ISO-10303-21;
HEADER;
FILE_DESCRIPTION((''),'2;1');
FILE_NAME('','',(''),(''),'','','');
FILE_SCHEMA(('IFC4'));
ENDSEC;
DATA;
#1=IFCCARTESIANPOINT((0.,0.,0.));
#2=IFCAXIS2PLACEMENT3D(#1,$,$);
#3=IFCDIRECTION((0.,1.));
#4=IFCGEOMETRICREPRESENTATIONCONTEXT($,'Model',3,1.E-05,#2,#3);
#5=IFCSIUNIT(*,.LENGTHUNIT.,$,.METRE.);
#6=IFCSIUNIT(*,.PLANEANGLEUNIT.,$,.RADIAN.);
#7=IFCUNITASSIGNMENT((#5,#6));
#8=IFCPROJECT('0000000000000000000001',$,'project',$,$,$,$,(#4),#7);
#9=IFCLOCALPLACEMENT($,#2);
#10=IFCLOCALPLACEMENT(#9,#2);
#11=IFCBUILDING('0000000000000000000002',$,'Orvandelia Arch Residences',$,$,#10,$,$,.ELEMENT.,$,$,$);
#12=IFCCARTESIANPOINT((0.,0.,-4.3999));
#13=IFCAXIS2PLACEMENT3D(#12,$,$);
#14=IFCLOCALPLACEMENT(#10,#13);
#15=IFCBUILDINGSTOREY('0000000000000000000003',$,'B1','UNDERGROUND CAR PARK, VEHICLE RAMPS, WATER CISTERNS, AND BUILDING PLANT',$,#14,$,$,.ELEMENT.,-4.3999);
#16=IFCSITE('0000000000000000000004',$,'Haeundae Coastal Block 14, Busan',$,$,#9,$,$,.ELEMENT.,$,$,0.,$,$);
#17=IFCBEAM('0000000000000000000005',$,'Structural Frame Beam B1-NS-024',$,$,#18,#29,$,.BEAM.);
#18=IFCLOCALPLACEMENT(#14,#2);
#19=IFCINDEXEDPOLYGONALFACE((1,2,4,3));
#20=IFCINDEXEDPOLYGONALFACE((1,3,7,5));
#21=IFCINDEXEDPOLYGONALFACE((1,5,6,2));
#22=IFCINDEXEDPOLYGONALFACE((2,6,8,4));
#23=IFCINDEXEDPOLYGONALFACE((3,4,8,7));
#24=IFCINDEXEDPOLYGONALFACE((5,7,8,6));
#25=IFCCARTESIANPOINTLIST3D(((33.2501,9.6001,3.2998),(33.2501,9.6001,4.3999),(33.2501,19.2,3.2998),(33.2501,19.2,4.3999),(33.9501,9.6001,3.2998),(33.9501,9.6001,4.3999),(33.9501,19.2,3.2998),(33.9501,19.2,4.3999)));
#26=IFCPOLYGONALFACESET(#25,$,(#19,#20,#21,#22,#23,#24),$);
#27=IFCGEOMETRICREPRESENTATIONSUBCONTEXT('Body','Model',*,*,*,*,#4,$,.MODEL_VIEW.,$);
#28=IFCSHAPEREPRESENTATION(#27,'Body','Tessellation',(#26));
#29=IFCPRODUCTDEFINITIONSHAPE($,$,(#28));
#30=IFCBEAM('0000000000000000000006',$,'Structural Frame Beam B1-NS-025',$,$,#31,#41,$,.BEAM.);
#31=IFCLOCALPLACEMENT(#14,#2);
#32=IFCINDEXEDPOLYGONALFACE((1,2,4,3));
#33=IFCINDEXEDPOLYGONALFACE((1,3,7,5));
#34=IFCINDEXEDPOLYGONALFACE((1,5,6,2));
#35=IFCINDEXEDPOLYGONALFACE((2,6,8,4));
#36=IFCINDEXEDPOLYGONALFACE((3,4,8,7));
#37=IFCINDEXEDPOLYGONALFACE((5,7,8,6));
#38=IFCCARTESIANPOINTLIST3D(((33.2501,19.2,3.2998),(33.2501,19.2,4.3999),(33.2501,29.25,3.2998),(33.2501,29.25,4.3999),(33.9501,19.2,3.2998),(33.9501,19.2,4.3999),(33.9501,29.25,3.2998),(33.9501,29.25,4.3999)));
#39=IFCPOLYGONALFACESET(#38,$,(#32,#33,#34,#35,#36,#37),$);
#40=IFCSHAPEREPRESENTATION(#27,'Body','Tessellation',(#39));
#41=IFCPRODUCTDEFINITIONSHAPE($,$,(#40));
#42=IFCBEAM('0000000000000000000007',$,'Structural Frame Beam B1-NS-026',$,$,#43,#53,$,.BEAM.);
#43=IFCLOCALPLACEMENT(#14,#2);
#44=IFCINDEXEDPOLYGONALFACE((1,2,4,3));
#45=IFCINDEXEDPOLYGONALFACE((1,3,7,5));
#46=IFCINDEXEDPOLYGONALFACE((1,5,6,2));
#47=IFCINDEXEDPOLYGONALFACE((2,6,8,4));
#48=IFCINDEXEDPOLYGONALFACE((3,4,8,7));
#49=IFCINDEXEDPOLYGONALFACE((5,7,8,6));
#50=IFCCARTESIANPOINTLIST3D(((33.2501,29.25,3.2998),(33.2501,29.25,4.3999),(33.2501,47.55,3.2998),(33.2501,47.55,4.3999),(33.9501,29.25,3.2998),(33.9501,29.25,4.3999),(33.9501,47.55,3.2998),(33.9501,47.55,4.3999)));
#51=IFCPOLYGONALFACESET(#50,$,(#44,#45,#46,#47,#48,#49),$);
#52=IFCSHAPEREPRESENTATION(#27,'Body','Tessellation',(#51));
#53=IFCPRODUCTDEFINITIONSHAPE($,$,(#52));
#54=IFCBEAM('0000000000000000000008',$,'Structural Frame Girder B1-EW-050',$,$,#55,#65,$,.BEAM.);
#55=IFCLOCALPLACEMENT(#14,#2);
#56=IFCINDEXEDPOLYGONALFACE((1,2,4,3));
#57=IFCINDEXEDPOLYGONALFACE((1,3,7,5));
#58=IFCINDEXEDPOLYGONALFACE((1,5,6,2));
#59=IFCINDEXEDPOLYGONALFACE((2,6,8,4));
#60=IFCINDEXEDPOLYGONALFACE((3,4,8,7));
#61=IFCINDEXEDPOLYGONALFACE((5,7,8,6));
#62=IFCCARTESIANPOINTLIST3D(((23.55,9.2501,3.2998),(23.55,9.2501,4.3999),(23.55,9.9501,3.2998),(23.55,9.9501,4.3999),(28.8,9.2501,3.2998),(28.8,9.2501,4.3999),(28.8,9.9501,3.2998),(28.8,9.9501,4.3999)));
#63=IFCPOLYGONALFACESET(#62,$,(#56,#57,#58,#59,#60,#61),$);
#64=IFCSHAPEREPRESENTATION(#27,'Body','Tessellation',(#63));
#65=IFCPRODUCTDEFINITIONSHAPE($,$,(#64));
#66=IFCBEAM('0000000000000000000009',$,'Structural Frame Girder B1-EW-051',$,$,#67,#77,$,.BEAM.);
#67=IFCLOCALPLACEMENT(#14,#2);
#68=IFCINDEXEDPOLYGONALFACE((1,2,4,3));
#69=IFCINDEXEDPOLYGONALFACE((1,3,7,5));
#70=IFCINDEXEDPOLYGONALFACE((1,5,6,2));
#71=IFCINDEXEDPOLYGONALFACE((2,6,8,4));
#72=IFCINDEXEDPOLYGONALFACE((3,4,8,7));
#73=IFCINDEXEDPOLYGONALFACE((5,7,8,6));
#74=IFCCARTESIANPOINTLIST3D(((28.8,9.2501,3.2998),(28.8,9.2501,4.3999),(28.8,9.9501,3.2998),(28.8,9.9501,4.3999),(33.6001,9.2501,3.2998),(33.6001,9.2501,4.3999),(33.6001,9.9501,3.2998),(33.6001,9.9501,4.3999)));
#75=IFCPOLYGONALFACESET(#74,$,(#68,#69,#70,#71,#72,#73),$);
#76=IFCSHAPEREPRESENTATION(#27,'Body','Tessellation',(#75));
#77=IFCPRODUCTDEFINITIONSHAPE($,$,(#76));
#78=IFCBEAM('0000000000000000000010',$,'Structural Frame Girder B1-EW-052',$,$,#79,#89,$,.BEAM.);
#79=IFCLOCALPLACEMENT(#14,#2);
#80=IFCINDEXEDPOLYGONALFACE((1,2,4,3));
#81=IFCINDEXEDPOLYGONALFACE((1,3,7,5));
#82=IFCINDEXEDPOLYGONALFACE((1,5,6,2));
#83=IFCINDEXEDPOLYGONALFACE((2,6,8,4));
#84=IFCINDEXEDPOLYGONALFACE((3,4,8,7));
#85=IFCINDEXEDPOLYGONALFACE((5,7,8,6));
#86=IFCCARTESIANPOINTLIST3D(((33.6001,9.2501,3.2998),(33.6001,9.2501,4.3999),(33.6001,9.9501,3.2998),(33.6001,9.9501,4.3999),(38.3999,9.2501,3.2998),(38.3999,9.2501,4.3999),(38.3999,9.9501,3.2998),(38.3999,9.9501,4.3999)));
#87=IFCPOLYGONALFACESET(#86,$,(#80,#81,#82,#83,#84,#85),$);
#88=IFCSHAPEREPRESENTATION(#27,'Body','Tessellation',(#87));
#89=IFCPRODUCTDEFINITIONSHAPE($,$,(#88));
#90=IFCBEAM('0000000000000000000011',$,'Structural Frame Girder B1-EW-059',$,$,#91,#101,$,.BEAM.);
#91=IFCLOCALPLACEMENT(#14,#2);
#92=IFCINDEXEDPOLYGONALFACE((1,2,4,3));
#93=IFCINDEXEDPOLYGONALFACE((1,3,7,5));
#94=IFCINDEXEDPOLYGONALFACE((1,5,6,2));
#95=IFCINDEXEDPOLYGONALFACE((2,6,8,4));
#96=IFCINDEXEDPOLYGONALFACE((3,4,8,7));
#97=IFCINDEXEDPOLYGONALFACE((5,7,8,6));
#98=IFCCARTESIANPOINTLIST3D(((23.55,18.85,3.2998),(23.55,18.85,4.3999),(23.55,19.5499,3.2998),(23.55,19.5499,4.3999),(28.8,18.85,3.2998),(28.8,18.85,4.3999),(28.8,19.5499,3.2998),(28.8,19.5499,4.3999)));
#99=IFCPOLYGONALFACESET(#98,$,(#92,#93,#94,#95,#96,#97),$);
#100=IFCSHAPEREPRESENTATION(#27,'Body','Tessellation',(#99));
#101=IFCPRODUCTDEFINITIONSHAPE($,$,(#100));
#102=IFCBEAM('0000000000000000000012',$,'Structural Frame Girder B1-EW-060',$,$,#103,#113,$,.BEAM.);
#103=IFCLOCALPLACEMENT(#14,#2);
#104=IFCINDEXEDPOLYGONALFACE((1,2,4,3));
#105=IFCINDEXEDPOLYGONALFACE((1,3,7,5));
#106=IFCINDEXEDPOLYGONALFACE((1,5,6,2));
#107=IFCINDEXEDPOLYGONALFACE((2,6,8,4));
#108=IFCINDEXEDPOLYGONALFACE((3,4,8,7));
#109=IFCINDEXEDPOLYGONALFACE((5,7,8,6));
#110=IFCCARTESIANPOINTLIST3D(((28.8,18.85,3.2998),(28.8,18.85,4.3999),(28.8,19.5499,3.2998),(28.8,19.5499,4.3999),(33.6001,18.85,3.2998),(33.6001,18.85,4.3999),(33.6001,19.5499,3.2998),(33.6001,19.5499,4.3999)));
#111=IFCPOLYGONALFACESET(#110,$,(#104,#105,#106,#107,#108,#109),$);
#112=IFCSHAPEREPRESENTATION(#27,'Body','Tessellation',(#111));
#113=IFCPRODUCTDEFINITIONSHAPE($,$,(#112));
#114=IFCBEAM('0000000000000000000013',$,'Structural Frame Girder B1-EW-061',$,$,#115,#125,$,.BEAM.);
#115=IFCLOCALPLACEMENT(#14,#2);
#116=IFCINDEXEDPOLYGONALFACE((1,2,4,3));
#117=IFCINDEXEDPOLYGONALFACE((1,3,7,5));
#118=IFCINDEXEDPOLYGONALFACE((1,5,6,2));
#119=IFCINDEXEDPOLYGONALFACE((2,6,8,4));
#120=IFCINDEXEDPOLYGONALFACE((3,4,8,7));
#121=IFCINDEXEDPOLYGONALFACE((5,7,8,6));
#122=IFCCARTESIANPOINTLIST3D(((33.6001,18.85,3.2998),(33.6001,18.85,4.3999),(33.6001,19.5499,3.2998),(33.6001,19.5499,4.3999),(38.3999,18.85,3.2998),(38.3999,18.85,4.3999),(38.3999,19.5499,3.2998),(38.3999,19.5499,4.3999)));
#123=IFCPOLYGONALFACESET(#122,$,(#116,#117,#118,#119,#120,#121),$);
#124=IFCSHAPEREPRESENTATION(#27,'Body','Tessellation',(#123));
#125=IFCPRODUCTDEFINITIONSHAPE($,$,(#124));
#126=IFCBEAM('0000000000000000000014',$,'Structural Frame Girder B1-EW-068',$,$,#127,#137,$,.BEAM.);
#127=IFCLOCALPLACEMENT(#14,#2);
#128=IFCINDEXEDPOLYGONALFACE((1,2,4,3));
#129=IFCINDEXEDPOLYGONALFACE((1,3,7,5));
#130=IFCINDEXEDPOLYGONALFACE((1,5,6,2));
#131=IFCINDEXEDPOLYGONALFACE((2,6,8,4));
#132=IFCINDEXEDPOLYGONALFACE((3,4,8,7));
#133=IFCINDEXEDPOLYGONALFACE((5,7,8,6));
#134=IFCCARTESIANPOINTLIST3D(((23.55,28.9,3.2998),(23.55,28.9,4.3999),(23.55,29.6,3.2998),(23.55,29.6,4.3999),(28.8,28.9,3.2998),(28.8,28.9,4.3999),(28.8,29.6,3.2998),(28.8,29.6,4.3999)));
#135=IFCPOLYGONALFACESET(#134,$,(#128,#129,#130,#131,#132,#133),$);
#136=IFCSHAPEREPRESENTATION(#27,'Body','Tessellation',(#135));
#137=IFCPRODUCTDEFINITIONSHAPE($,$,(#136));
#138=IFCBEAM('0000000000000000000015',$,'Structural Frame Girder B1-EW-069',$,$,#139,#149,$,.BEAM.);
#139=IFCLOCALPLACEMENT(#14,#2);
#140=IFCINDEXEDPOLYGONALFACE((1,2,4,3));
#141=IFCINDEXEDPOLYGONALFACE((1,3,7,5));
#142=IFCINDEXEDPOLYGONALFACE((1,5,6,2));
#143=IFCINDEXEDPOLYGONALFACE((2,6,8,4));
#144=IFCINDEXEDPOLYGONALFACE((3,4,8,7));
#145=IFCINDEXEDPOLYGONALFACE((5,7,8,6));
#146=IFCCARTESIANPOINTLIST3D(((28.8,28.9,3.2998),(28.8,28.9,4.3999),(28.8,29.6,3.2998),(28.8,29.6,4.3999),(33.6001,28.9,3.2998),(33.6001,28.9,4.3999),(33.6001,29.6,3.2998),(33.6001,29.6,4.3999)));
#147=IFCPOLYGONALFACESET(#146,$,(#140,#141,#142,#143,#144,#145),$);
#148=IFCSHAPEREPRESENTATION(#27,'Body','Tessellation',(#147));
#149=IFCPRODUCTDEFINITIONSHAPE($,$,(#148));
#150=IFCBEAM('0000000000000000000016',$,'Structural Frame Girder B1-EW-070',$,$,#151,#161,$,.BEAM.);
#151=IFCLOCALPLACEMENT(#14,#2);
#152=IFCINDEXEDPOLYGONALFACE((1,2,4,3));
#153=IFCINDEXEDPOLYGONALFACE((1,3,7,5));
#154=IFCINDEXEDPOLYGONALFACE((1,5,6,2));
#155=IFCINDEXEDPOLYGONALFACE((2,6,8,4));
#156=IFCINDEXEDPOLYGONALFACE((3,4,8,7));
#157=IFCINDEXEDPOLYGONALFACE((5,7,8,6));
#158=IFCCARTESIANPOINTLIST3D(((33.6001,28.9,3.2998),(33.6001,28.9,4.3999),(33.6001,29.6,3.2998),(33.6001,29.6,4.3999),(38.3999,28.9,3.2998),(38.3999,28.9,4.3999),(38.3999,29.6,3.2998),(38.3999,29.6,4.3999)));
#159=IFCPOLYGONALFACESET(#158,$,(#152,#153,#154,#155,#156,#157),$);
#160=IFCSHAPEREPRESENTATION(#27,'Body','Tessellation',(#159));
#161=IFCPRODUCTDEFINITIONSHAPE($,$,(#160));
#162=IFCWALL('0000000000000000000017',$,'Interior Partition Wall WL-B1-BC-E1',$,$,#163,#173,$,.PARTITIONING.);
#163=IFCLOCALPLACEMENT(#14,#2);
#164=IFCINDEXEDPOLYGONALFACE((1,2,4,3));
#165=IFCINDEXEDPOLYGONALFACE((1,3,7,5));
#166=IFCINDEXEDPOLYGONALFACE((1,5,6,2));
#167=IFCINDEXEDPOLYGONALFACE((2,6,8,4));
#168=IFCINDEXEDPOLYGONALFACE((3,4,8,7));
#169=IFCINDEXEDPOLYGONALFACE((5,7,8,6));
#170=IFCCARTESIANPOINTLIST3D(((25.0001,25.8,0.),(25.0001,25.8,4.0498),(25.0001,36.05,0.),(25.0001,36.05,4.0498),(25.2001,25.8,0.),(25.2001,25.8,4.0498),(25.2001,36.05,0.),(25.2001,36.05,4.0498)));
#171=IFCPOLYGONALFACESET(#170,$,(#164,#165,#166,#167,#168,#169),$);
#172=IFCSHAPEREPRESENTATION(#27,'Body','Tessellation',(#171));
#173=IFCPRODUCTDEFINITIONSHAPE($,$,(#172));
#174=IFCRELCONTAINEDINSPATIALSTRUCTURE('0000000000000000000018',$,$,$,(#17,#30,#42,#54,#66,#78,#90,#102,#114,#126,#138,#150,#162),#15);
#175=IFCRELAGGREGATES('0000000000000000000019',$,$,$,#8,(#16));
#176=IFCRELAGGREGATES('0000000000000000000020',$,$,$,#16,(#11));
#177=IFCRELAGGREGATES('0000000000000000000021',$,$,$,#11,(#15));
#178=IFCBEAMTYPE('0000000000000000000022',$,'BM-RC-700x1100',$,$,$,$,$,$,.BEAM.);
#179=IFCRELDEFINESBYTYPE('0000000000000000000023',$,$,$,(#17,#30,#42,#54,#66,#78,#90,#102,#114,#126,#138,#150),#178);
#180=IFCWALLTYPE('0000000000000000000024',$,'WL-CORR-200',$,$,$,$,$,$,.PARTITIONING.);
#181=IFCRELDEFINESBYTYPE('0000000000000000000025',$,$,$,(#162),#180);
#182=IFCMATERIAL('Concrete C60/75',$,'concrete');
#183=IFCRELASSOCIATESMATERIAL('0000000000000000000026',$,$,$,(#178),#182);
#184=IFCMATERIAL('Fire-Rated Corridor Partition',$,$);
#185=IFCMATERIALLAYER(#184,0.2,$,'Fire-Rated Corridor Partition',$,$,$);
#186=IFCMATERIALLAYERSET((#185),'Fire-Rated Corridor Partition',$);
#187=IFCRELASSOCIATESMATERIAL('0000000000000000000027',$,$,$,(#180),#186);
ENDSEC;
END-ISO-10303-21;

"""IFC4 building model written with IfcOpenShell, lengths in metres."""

from ifc_helpers import new_model, si_unit, direction, frame, frame_2d, origin, origin_2d, place, context, subcontext, project, spatial, rectangle, extrude, material, layer, layer_set, material_profile, profile_set, type_object, element, save


model = new_model("IFC4")

# Units and contexts
model_context = context("Model", 3, precision=1e-05, world=origin(), true_north=direction((0.0, 1.0)))
body_context = subcontext(model_context, "Body", "Model", "MODEL_VIEW")
ifc_project = project(units=[si_unit("LENGTHUNIT", "METRE"), si_unit("PLANEANGLEUNIT", "RADIAN")], contexts=[model_context])

# Site, building, storey
site_placement = place(None, origin())
site = spatial("IfcSite", under=ifc_project, at=site_placement, Name="Haeundae Coastal Block 14, Busan", CompositionType="ELEMENT", RefElevation=0.0)
building_placement = place(site_placement, origin())
building = spatial("IfcBuilding", under=site, at=building_placement, Name="Orvandelia Arch Residences", CompositionType="ELEMENT")
storey_placement = place(building_placement, frame((0.0, 0.0, -4.3999)))
storey = spatial("IfcBuildingStorey", under=building, at=storey_placement, Name="B1", Description="UNDERGROUND CAR PARK, VEHICLE RAMPS, WATER CISTERNS, AND BUILDING PLANT", CompositionType="ELEMENT", Elevation=-4.3999)

# Beams
ifc_material_1 = material(Name="Concrete C60/75", Category="concrete")
ifc_material_profile_1 = material_profile(ifc_material_1, rectangle(XDim=0.7, YDim=1.1001, at=origin_2d()), Name="Concrete C60/75", Category="concrete")
ifc_profile_set_1 = profile_set([ifc_material_profile_1], Name="Concrete C60/75")
beam_type = type_object("IfcBeamType", Name="BM-RC-700x1100", PredefinedType="BEAM", material=ifc_profile_set_1)
beam_1_placement = place(storey_placement, frame((33.6001, 9.6001, 3.8499), z_axis=(0.0, 1.0, 0.0), x_axis=(-1.0, 0.0, 0.0)))
element("IfcBeam", 1, at=beam_1_placement, inside=storey, type_object=beam_type, Name="Structural Frame Beam B1-NS-024", PredefinedType="BEAM", context=body_context, shape_type="SweptSolid", body=[
    extrude(rectangle(XDim=0.7, YDim=1.1001, at=origin_2d()), origin(), (0.0, 0.0, 1.0), 9.5999),
])
beam_2_placement = place(storey_placement, frame((33.6001, 19.2, 3.8499), z_axis=(0.0, 1.0, 0.0), x_axis=(-1.0, 0.0, 0.0)))
element("IfcBeam", 2, at=beam_2_placement, inside=storey, type_object=beam_type, Name="Structural Frame Beam B1-NS-025", PredefinedType="BEAM", context=body_context, shape_type="SweptSolid", body=[
    extrude(rectangle(XDim=0.7, YDim=1.1001, at=origin_2d()), origin(), (0.0, 0.0, 1.0), 10.05),
])
beam_3_placement = place(storey_placement, frame((33.6001, 29.25, 3.8499), z_axis=(0.0, 1.0, 0.0), x_axis=(-1.0, 0.0, 0.0)))
element("IfcBeam", 3, at=beam_3_placement, inside=storey, type_object=beam_type, Name="Structural Frame Beam B1-NS-026", PredefinedType="BEAM", context=body_context, shape_type="SweptSolid", body=[
    extrude(rectangle(XDim=0.7, YDim=1.1001, at=origin_2d()), origin(), (0.0, 0.0, 1.0), 18.3),
])
beam_4_placement = place(storey_placement, frame((23.55, 9.6001, 3.8499), z_axis=(1.0, 0.0, 0.0), x_axis=(0.0, 1.0, 0.0)))
element("IfcBeam", 4, at=beam_4_placement, inside=storey, type_object=beam_type, Name="Structural Frame Girder B1-EW-050", PredefinedType="BEAM", context=body_context, shape_type="SweptSolid", body=[
    extrude(rectangle(XDim=0.7, YDim=1.1001, at=origin_2d()), origin(), (0.0, 0.0, 1.0), 5.25),
])
beam_5_placement = place(storey_placement, frame((28.8, 9.6001, 3.8499), z_axis=(1.0, 0.0, 0.0), x_axis=(0.0, 1.0, 0.0)))
element("IfcBeam", 5, at=beam_5_placement, inside=storey, type_object=beam_type, Name="Structural Frame Girder B1-EW-051", PredefinedType="BEAM", context=body_context, shape_type="SweptSolid", body=[
    extrude(rectangle(XDim=0.7, YDim=1.1001, at=origin_2d()), origin(), (0.0, 0.0, 1.0), 4.8),
])
beam_6_placement = place(storey_placement, frame((33.6001, 9.6001, 3.8499), z_axis=(1.0, 0.0, 0.0), x_axis=(0.0, 1.0, 0.0)))
element("IfcBeam", 6, at=beam_6_placement, inside=storey, type_object=beam_type, Name="Structural Frame Girder B1-EW-052", PredefinedType="BEAM", context=body_context, shape_type="SweptSolid", body=[
    extrude(rectangle(XDim=0.7, YDim=1.1001, at=origin_2d()), origin(), (0.0, 0.0, 1.0), 4.7998),
])
beam_7_placement = place(storey_placement, frame((23.55, 19.2, 3.8499), z_axis=(1.0, 0.0, 0.0), x_axis=(0.0, 1.0, 0.0)))
element("IfcBeam", 7, at=beam_7_placement, inside=storey, type_object=beam_type, Name="Structural Frame Girder B1-EW-059", PredefinedType="BEAM", context=body_context, shape_type="SweptSolid", body=[
    extrude(rectangle(XDim=0.7, YDim=1.1001, at=origin_2d()), origin(), (0.0, 0.0, 1.0), 5.25),
])
beam_8_placement = place(storey_placement, frame((28.8, 19.2, 3.8499), z_axis=(1.0, 0.0, 0.0), x_axis=(0.0, 1.0, 0.0)))
element("IfcBeam", 8, at=beam_8_placement, inside=storey, type_object=beam_type, Name="Structural Frame Girder B1-EW-060", PredefinedType="BEAM", context=body_context, shape_type="SweptSolid", body=[
    extrude(rectangle(XDim=0.7, YDim=1.1001, at=origin_2d()), origin(), (0.0, 0.0, 1.0), 4.8),
])
beam_9_placement = place(storey_placement, frame((33.6001, 19.2, 3.8499), z_axis=(1.0, 0.0, 0.0), x_axis=(0.0, 1.0, 0.0)))
element("IfcBeam", 9, at=beam_9_placement, inside=storey, type_object=beam_type, Name="Structural Frame Girder B1-EW-061", PredefinedType="BEAM", context=body_context, shape_type="SweptSolid", body=[
    extrude(rectangle(XDim=0.7, YDim=1.1001, at=origin_2d()), origin(), (0.0, 0.0, 1.0), 4.7998),
])
beam_10_placement = place(storey_placement, frame((23.55, 29.25, 3.8499), z_axis=(1.0, 0.0, 0.0), x_axis=(0.0, 1.0, 0.0)))
element("IfcBeam", 10, at=beam_10_placement, inside=storey, type_object=beam_type, Name="Structural Frame Girder B1-EW-068", PredefinedType="BEAM", context=body_context, shape_type="SweptSolid", body=[
    extrude(rectangle(XDim=0.7, YDim=1.1001, at=origin_2d()), origin(), (0.0, 0.0, 1.0), 5.25),
])
beam_11_placement = place(storey_placement, frame((28.8, 29.25, 3.8499), z_axis=(1.0, 0.0, 0.0), x_axis=(0.0, 1.0, 0.0)))
element("IfcBeam", 11, at=beam_11_placement, inside=storey, type_object=beam_type, Name="Structural Frame Girder B1-EW-069", PredefinedType="BEAM", context=body_context, shape_type="SweptSolid", body=[
    extrude(rectangle(XDim=0.7, YDim=1.1001, at=origin_2d()), origin(), (0.0, 0.0, 1.0), 4.8),
])
beam_12_placement = place(storey_placement, frame((33.6001, 29.25, 3.8499), z_axis=(1.0, 0.0, 0.0), x_axis=(0.0, 1.0, 0.0)))
element("IfcBeam", 12, at=beam_12_placement, inside=storey, type_object=beam_type, Name="Structural Frame Girder B1-EW-070", PredefinedType="BEAM", context=body_context, shape_type="SweptSolid", body=[
    extrude(rectangle(XDim=0.7, YDim=1.1001, at=origin_2d()), origin(), (0.0, 0.0, 1.0), 4.7998),
])

# Wall
ifc_material_2 = material(Name="Fire-Rated Corridor Partition")
ifc_layer = layer(ifc_material_2, 0.2, Name="Fire-Rated Corridor Partition")
ifc_layer_set = layer_set([ifc_layer], Name="Fire-Rated Corridor Partition")
wall_type = type_object("IfcWallType", Name="WL-CORR-200", PredefinedType="PARTITIONING", material=ifc_layer_set)
wall_placement = place(storey_placement, frame((25.1001, 25.8, 0.0), z_axis=(0.0, 0.0, 1.0), x_axis=(0.0, 1.0, 0.0)))
element("IfcWall", 13, at=wall_placement, inside=storey, type_object=wall_type, Name="Interior Partition Wall WL-B1-BC-E1", PredefinedType="PARTITIONING", context=body_context, shape_type="SweptSolid", body=[
    extrude(rectangle(XDim=10.25, YDim=0.2, at=frame_2d((5.125, 0.0))), origin(), (0.0, 0.0, 1.0), 4.0498),
])

save(model, "model.ifc")
